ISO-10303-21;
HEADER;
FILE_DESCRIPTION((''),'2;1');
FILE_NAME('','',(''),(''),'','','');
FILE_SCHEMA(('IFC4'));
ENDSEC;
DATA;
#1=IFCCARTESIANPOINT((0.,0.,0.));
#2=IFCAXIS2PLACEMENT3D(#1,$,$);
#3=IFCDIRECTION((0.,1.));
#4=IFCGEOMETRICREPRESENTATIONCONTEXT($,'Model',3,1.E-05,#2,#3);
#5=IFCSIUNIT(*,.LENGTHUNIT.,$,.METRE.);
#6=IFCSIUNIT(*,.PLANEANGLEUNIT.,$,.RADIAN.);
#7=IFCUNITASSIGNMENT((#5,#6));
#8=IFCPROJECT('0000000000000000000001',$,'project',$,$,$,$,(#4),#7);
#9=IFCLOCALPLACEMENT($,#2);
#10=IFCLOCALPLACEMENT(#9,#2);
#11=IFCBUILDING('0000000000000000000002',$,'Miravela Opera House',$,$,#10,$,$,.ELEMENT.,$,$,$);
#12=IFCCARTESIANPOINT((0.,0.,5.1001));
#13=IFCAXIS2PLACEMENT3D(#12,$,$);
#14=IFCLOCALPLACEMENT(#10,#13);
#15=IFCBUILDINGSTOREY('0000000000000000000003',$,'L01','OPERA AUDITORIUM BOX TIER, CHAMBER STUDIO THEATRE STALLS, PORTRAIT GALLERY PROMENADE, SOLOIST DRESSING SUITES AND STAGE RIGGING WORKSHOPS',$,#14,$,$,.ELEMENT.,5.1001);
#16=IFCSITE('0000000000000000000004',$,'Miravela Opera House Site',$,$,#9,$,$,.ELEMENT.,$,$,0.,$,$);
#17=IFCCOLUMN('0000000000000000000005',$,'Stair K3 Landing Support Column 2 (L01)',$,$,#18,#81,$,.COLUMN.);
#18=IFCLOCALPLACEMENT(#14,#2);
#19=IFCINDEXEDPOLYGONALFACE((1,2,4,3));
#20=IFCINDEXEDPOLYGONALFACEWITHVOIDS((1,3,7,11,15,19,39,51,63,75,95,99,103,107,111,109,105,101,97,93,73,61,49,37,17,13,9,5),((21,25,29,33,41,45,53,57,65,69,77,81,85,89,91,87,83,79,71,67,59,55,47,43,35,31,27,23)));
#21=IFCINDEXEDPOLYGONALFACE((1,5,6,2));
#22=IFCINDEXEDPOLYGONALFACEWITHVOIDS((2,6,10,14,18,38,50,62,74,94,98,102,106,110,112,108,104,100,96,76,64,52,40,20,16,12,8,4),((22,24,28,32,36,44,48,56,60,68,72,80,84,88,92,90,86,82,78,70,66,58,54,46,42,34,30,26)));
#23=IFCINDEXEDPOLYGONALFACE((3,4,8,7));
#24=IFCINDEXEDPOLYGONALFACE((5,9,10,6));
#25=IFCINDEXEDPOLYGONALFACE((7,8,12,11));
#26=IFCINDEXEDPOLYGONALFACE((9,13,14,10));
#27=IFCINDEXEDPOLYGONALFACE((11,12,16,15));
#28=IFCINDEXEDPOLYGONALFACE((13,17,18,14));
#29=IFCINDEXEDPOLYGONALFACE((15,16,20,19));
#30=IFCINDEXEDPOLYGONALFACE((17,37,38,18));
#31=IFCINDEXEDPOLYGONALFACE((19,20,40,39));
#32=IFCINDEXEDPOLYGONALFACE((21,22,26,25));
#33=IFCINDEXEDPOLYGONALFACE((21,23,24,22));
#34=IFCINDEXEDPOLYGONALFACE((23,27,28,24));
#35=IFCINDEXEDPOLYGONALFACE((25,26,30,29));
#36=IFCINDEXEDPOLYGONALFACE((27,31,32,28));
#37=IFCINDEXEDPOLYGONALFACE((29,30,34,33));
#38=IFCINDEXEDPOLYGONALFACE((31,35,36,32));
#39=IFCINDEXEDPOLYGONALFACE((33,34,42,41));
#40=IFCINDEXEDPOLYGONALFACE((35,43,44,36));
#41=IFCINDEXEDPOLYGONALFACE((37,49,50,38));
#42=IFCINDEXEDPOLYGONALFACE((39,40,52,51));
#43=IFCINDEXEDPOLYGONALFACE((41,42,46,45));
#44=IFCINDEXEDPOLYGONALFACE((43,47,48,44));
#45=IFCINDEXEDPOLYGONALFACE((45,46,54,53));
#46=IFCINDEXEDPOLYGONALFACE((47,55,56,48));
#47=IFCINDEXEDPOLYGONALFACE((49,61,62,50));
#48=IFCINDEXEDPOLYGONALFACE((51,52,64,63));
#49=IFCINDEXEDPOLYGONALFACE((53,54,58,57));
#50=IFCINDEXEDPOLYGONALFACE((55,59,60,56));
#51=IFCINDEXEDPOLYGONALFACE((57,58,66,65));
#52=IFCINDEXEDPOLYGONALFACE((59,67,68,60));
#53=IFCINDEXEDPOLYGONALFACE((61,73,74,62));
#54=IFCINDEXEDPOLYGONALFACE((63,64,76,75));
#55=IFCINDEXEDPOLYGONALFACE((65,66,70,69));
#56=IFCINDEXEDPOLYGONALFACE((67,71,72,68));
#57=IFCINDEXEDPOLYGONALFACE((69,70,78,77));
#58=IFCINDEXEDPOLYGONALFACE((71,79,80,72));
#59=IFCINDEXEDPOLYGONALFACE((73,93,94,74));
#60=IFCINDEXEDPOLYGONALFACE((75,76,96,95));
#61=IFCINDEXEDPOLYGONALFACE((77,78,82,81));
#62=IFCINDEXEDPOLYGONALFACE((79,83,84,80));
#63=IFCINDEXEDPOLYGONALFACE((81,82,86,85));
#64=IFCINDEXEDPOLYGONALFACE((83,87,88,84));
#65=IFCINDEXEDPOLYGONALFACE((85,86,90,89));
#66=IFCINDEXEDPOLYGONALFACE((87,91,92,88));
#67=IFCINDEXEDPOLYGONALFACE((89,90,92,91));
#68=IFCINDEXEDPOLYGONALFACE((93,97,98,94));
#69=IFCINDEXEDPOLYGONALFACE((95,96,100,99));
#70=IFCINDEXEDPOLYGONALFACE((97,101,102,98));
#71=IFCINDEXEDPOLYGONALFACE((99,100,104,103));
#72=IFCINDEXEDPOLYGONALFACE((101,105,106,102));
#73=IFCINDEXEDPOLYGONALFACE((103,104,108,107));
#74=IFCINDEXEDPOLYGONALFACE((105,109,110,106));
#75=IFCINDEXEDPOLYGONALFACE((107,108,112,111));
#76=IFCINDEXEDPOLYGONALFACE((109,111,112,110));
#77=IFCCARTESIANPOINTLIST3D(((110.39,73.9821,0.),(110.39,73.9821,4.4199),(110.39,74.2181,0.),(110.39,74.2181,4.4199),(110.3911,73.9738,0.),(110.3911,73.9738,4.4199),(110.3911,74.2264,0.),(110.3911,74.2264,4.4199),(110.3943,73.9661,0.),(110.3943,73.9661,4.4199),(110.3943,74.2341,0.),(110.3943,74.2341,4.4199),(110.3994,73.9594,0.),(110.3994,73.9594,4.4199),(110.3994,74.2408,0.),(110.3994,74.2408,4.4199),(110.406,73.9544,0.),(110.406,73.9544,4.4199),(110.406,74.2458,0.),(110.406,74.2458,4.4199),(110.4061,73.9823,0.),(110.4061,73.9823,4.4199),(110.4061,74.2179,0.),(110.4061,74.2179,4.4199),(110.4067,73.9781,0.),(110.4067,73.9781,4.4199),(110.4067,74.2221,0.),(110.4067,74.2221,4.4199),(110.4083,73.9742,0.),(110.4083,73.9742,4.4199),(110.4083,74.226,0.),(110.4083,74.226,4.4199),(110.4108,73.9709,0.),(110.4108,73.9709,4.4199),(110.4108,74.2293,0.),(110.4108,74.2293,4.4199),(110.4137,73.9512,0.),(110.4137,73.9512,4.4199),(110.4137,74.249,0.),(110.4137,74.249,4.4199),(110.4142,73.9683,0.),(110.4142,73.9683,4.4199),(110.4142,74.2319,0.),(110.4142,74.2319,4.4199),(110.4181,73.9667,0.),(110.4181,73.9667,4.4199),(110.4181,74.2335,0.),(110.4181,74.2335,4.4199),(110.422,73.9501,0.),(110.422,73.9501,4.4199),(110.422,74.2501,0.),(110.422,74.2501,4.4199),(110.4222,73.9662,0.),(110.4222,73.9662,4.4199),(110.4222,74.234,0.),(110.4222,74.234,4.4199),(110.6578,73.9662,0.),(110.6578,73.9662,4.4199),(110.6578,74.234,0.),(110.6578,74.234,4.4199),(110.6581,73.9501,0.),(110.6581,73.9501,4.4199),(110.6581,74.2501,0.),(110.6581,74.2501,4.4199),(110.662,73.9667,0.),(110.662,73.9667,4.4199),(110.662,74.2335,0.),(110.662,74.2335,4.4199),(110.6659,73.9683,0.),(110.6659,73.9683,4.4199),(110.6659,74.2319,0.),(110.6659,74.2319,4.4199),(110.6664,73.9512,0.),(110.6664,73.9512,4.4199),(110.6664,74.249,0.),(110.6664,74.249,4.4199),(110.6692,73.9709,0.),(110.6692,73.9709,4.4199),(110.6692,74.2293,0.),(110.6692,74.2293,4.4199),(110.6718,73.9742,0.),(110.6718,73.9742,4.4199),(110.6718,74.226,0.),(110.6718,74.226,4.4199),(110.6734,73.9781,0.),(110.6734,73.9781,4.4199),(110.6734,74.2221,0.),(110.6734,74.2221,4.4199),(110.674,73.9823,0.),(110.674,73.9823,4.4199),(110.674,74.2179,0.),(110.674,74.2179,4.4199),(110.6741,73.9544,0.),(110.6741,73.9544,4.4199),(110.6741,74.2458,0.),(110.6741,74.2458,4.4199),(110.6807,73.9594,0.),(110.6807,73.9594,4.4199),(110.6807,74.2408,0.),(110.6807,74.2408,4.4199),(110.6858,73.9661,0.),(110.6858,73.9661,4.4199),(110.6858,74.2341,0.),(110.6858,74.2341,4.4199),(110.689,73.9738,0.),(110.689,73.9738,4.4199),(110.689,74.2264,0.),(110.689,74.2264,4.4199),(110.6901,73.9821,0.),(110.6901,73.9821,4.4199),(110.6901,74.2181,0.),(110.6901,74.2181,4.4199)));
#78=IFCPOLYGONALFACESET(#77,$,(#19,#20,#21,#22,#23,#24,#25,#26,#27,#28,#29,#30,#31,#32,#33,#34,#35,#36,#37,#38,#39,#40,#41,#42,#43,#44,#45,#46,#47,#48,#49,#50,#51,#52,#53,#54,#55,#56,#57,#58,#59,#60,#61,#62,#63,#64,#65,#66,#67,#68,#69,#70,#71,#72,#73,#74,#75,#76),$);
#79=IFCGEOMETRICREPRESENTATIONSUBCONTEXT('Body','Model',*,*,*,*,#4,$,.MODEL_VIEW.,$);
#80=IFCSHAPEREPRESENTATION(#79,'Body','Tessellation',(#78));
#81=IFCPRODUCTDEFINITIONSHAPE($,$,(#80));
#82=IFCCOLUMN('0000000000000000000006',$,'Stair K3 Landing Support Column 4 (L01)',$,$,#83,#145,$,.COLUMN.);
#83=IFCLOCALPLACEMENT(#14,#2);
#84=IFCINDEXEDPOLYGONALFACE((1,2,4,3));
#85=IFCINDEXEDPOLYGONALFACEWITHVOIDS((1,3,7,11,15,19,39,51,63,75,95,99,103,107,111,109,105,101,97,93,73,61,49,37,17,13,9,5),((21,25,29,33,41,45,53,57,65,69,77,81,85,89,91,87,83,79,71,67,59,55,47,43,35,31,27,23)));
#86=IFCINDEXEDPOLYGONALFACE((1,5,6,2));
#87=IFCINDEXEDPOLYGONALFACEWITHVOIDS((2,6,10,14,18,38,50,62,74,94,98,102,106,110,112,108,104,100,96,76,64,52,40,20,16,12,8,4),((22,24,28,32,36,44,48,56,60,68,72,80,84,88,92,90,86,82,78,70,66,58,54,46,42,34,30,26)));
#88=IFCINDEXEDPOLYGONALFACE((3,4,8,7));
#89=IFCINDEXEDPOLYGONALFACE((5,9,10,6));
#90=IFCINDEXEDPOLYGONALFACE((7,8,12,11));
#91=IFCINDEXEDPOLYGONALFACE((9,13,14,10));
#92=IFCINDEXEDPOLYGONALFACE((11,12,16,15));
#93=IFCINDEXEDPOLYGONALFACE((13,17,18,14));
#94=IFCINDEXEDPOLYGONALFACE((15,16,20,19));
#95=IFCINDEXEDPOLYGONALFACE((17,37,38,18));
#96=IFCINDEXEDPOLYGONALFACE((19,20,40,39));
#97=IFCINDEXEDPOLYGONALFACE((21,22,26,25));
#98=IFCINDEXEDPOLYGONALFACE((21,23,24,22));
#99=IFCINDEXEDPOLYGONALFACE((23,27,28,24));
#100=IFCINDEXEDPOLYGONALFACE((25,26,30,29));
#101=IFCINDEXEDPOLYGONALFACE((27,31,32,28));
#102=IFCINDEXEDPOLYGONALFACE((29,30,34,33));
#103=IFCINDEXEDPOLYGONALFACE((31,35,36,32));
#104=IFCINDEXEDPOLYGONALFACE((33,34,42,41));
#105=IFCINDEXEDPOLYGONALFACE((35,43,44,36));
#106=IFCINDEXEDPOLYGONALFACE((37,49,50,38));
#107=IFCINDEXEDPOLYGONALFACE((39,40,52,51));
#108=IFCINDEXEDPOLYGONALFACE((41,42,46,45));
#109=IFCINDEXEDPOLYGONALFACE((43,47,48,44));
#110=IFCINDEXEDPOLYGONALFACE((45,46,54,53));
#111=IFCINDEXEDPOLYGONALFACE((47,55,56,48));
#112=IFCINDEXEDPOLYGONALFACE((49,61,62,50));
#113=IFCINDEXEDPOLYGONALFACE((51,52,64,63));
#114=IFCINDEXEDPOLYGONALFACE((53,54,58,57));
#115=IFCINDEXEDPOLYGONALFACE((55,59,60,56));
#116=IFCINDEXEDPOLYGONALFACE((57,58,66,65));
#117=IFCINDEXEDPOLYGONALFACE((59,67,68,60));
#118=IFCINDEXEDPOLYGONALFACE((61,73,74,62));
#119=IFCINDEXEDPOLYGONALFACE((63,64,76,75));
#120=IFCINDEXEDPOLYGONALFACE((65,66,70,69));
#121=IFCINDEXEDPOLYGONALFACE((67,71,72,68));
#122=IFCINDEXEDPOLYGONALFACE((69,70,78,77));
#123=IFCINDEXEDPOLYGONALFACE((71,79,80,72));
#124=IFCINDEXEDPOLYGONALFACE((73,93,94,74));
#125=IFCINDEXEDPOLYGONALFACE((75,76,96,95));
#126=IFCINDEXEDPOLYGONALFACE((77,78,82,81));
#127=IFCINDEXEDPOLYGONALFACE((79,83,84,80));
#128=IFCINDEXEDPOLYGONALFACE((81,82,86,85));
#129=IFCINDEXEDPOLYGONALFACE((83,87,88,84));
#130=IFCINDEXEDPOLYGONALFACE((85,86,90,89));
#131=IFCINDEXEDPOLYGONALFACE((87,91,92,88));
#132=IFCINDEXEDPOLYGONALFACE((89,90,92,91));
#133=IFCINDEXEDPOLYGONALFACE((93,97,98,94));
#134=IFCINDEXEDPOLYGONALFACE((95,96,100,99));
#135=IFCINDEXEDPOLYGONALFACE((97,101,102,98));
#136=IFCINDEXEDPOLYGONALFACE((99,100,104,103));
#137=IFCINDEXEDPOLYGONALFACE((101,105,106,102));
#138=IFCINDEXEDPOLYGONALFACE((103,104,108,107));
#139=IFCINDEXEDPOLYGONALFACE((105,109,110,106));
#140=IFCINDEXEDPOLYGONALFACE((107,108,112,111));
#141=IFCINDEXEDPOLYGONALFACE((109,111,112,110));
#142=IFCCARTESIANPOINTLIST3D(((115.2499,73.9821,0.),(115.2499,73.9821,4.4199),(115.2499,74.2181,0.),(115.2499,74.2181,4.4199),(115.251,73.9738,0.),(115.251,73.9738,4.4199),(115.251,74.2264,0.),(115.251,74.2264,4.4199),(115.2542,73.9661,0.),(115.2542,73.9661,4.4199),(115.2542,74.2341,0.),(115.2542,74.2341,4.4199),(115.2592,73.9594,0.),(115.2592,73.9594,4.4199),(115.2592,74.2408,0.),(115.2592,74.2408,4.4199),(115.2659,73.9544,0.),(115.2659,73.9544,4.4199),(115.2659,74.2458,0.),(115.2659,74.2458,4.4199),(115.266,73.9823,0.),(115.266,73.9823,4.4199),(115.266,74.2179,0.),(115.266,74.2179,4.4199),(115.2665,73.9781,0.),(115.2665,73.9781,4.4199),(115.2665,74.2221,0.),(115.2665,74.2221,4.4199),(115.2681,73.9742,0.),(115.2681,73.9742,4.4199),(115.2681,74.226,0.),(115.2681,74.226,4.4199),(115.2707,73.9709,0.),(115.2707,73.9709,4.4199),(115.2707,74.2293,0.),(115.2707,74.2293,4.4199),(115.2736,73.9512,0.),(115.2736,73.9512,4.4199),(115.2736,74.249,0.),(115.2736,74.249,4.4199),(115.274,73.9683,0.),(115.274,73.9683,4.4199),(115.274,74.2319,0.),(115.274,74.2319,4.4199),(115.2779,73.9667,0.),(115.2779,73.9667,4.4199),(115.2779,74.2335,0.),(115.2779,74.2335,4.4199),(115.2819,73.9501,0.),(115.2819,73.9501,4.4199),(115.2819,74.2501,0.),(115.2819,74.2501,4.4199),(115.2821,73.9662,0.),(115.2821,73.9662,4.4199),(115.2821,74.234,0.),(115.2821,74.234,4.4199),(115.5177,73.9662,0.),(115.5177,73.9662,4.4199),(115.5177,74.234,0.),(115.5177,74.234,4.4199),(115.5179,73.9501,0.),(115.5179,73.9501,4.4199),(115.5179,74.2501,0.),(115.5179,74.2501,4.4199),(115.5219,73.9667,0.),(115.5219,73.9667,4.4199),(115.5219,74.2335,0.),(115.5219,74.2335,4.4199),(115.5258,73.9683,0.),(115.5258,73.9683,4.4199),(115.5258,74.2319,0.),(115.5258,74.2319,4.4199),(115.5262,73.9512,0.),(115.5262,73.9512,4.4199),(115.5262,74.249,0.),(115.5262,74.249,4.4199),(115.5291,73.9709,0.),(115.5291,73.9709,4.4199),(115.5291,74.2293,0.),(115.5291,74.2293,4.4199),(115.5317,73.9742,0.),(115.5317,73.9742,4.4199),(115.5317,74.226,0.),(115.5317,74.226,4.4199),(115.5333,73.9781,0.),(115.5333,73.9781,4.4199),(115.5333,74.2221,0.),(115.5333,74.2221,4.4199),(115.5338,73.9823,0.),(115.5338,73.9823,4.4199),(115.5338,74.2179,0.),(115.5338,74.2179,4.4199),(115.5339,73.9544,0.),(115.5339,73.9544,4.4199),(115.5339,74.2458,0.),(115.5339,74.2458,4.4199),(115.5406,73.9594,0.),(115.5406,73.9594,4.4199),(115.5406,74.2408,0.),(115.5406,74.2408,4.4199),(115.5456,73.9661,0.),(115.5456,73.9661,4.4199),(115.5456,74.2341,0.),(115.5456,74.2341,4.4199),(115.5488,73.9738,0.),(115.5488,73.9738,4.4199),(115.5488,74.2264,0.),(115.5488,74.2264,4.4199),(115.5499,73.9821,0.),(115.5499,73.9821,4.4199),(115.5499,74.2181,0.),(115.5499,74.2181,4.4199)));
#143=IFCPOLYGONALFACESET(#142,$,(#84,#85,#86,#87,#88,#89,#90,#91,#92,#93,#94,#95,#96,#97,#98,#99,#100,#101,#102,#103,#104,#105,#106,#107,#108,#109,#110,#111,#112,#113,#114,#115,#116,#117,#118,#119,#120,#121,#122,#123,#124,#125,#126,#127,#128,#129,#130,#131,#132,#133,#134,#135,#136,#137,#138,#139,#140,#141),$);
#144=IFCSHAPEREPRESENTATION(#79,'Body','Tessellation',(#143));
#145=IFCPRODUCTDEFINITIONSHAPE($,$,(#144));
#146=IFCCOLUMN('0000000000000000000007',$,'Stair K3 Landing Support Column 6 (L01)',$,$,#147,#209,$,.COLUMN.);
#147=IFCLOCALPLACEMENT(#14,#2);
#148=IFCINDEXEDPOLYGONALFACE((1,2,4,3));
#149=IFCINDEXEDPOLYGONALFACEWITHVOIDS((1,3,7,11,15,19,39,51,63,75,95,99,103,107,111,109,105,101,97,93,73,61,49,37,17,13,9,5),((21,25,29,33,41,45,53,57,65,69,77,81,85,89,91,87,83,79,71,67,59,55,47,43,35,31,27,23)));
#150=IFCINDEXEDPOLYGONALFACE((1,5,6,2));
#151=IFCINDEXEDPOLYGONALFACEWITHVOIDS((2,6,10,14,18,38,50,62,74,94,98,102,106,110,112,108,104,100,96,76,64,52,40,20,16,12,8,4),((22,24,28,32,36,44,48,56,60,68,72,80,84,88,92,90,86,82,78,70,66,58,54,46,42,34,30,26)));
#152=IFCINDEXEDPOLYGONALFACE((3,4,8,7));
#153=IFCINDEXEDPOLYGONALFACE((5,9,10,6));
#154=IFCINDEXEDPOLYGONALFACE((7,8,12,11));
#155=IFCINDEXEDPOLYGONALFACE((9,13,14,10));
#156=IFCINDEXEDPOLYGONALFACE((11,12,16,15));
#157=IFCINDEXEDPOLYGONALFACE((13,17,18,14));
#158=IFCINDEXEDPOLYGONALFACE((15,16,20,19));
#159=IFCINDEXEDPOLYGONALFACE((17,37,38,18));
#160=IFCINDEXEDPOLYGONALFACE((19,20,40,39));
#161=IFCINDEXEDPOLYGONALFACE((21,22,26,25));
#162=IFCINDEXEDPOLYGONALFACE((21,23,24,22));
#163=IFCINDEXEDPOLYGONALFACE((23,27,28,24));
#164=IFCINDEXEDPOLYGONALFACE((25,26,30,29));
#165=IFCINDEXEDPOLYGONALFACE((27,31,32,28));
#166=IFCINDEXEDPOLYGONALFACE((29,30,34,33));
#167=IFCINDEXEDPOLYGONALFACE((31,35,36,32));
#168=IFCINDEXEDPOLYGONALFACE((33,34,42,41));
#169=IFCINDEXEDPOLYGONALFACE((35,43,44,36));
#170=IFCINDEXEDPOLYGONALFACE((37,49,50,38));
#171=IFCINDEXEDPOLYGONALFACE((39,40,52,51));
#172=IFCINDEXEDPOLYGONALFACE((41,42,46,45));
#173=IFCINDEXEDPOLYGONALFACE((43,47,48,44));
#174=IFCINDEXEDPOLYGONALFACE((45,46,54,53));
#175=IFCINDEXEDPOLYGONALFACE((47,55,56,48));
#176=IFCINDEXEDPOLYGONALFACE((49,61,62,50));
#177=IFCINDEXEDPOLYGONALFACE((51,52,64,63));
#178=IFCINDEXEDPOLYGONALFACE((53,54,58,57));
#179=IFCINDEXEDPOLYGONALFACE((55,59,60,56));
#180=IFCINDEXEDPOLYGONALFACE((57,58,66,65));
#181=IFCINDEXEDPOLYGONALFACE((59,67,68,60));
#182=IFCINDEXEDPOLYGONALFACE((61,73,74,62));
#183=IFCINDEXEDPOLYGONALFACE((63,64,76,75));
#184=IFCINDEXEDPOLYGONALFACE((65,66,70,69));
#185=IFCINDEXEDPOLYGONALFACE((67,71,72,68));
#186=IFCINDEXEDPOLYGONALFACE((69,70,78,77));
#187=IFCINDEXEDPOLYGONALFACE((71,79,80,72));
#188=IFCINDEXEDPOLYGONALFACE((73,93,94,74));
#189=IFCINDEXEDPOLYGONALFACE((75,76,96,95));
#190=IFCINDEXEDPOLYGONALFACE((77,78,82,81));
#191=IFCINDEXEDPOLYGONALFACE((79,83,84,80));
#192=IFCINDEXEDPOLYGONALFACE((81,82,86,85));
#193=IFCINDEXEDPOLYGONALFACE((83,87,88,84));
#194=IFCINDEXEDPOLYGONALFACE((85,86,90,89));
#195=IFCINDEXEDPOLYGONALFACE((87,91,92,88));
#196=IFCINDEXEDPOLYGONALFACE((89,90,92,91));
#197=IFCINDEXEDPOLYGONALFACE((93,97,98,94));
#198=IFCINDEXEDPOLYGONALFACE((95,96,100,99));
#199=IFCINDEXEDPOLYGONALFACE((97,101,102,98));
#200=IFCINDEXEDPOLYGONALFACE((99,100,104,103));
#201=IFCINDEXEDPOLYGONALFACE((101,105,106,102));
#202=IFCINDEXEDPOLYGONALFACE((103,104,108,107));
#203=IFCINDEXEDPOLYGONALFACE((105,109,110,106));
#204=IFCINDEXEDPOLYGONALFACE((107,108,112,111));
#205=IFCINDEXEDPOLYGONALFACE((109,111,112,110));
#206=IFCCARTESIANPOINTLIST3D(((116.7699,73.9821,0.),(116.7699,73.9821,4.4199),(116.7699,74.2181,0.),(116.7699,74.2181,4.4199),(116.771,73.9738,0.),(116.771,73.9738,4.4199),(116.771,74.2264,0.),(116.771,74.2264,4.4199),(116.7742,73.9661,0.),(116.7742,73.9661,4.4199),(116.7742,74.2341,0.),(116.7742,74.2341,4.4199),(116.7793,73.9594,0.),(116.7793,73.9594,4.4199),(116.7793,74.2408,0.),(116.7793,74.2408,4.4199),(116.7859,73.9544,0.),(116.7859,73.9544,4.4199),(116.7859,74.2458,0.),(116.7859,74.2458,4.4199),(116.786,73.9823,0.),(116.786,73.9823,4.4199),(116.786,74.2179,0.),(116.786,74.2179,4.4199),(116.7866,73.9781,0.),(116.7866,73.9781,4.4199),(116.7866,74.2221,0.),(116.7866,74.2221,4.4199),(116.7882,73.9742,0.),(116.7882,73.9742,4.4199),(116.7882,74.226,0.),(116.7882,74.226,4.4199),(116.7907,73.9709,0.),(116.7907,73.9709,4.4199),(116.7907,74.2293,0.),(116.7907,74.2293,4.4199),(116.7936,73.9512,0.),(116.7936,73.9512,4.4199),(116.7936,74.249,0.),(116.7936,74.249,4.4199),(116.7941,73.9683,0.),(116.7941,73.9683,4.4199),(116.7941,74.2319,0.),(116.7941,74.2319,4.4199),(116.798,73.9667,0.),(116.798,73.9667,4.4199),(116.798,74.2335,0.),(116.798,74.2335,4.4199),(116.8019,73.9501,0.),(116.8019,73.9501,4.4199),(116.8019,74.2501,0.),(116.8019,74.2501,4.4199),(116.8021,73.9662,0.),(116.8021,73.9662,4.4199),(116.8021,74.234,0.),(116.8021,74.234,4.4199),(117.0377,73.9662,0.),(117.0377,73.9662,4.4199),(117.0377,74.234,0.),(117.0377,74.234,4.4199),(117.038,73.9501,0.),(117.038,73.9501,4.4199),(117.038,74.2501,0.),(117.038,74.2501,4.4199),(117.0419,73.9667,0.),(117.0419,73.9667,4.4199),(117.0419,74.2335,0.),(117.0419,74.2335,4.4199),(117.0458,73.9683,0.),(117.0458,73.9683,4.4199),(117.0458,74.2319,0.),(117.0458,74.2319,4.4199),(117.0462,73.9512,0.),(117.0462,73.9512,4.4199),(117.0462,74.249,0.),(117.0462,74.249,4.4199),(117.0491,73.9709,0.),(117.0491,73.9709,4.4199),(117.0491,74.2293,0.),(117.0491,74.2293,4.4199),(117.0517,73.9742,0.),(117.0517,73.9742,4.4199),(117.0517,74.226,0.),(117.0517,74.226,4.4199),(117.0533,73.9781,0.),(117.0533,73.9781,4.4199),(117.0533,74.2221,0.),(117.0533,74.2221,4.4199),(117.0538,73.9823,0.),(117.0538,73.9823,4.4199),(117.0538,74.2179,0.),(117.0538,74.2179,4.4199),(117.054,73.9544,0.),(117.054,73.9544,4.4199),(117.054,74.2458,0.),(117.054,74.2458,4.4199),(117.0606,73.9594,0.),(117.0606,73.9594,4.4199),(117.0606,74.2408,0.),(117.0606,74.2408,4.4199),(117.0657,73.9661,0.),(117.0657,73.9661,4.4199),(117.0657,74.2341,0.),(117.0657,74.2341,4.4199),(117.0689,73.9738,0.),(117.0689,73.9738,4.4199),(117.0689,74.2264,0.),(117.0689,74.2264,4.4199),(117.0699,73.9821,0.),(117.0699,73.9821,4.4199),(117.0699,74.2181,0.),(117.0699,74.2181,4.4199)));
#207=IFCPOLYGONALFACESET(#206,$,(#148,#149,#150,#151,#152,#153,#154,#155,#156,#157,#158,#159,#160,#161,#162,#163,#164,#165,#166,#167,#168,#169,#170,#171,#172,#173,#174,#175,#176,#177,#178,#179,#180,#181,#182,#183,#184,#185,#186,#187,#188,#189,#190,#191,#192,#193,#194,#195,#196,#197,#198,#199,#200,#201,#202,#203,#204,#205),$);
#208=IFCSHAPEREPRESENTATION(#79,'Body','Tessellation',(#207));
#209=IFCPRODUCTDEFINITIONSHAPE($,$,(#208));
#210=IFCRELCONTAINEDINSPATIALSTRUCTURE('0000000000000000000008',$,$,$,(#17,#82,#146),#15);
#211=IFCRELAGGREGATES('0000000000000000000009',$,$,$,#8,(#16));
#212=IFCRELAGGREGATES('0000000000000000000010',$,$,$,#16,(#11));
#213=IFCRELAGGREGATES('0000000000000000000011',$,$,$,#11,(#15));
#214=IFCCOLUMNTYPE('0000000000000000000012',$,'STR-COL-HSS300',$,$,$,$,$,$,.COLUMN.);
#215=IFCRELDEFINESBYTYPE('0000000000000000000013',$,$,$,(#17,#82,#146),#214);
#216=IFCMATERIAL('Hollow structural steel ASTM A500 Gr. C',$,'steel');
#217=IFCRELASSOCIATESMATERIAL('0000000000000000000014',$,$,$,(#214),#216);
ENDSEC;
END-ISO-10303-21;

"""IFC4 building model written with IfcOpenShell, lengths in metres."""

from ifc_helpers import new_model, si_unit, direction, frame, origin, origin_2d, place, context, subcontext, project, spatial, hollow_rectangle, extrude, material, material_profile, profile_set, type_object, element, save


model = new_model("IFC4")

# Units and contexts
model_context = context("Model", 3, precision=1e-05, world=origin(), true_north=direction((0.0, 1.0)))
body_context = subcontext(model_context, "Body", "Model", "MODEL_VIEW")
ifc_project = project(units=[si_unit("LENGTHUNIT", "METRE"), si_unit("PLANEANGLEUNIT", "RADIAN")], contexts=[model_context])

# Site, building, storey
site_placement = place(None, origin())
site = spatial("IfcSite", under=ifc_project, at=site_placement, Name="Miravela Opera House Site", CompositionType="ELEMENT", RefElevation=0.0)
building_placement = place(site_placement, origin())
building = spatial("IfcBuilding", under=site, at=building_placement, Name="Miravela Opera House", CompositionType="ELEMENT")
storey_placement = place(building_placement, frame((0.0, 0.0, 5.1001)))
storey = spatial("IfcBuildingStorey", under=building, at=storey_placement, Name="L01", Description="OPERA AUDITORIUM BOX TIER, CHAMBER STUDIO THEATRE STALLS, PORTRAIT GALLERY PROMENADE, SOLOIST DRESSING SUITES AND STAGE RIGGING WORKSHOPS", CompositionType="ELEMENT", Elevation=5.1001)

# Columns
ifc_material_1 = material(Name="Hollow structural steel ASTM A500 Gr. C", Category="steel")
ifc_material_profile_1 = material_profile(ifc_material_1, hollow_rectangle(XDim=0.3, YDim=0.3, WallThickness=0.0161, InnerFilletRadius=0.0161, OuterFilletRadius=0.032, at=origin_2d()), Name="HSS300X300X16")
ifc_profile_set_1 = profile_set([ifc_material_profile_1])
column_type_1 = type_object("IfcColumnType", Name="STR-COL-HSS300", PredefinedType="COLUMN", material=ifc_profile_set_1)
for number, where, z_axis, x_axis, name in (
    (1, (110.54, 74.1001, 0.0), (0.0, 0.0, 1.0), (1.0, 0.0, 0.0), "Stair K3 Landing Support Column 2 (L01)"),
    (2, (115.3999, 74.1001, 0.0), (0.0, 0.0, 1.0), (1.0, 0.0, 0.0), "Stair K3 Landing Support Column 4 (L01)"),
    (3, (116.9199, 74.1001, 0.0), (0.0, 0.0, 1.0), (1.0, 0.0, 0.0), "Stair K3 Landing Support Column 6 (L01)"),
):
    element("IfcColumn", number, at=place(storey_placement, frame(where, z_axis=z_axis, x_axis=x_axis)), inside=storey, type_object=column_type_1, Name=name, PredefinedType="COLUMN", context=body_context, shape_type="SweptSolid", body=[
        extrude(hollow_rectangle(XDim=0.3, YDim=0.3, WallThickness=0.0161, InnerFilletRadius=0.0161, OuterFilletRadius=0.032, at=origin_2d()), origin(), (0.0, 0.0, 1.0), 4.4199),
    ])

save(model, "model.ifc")
